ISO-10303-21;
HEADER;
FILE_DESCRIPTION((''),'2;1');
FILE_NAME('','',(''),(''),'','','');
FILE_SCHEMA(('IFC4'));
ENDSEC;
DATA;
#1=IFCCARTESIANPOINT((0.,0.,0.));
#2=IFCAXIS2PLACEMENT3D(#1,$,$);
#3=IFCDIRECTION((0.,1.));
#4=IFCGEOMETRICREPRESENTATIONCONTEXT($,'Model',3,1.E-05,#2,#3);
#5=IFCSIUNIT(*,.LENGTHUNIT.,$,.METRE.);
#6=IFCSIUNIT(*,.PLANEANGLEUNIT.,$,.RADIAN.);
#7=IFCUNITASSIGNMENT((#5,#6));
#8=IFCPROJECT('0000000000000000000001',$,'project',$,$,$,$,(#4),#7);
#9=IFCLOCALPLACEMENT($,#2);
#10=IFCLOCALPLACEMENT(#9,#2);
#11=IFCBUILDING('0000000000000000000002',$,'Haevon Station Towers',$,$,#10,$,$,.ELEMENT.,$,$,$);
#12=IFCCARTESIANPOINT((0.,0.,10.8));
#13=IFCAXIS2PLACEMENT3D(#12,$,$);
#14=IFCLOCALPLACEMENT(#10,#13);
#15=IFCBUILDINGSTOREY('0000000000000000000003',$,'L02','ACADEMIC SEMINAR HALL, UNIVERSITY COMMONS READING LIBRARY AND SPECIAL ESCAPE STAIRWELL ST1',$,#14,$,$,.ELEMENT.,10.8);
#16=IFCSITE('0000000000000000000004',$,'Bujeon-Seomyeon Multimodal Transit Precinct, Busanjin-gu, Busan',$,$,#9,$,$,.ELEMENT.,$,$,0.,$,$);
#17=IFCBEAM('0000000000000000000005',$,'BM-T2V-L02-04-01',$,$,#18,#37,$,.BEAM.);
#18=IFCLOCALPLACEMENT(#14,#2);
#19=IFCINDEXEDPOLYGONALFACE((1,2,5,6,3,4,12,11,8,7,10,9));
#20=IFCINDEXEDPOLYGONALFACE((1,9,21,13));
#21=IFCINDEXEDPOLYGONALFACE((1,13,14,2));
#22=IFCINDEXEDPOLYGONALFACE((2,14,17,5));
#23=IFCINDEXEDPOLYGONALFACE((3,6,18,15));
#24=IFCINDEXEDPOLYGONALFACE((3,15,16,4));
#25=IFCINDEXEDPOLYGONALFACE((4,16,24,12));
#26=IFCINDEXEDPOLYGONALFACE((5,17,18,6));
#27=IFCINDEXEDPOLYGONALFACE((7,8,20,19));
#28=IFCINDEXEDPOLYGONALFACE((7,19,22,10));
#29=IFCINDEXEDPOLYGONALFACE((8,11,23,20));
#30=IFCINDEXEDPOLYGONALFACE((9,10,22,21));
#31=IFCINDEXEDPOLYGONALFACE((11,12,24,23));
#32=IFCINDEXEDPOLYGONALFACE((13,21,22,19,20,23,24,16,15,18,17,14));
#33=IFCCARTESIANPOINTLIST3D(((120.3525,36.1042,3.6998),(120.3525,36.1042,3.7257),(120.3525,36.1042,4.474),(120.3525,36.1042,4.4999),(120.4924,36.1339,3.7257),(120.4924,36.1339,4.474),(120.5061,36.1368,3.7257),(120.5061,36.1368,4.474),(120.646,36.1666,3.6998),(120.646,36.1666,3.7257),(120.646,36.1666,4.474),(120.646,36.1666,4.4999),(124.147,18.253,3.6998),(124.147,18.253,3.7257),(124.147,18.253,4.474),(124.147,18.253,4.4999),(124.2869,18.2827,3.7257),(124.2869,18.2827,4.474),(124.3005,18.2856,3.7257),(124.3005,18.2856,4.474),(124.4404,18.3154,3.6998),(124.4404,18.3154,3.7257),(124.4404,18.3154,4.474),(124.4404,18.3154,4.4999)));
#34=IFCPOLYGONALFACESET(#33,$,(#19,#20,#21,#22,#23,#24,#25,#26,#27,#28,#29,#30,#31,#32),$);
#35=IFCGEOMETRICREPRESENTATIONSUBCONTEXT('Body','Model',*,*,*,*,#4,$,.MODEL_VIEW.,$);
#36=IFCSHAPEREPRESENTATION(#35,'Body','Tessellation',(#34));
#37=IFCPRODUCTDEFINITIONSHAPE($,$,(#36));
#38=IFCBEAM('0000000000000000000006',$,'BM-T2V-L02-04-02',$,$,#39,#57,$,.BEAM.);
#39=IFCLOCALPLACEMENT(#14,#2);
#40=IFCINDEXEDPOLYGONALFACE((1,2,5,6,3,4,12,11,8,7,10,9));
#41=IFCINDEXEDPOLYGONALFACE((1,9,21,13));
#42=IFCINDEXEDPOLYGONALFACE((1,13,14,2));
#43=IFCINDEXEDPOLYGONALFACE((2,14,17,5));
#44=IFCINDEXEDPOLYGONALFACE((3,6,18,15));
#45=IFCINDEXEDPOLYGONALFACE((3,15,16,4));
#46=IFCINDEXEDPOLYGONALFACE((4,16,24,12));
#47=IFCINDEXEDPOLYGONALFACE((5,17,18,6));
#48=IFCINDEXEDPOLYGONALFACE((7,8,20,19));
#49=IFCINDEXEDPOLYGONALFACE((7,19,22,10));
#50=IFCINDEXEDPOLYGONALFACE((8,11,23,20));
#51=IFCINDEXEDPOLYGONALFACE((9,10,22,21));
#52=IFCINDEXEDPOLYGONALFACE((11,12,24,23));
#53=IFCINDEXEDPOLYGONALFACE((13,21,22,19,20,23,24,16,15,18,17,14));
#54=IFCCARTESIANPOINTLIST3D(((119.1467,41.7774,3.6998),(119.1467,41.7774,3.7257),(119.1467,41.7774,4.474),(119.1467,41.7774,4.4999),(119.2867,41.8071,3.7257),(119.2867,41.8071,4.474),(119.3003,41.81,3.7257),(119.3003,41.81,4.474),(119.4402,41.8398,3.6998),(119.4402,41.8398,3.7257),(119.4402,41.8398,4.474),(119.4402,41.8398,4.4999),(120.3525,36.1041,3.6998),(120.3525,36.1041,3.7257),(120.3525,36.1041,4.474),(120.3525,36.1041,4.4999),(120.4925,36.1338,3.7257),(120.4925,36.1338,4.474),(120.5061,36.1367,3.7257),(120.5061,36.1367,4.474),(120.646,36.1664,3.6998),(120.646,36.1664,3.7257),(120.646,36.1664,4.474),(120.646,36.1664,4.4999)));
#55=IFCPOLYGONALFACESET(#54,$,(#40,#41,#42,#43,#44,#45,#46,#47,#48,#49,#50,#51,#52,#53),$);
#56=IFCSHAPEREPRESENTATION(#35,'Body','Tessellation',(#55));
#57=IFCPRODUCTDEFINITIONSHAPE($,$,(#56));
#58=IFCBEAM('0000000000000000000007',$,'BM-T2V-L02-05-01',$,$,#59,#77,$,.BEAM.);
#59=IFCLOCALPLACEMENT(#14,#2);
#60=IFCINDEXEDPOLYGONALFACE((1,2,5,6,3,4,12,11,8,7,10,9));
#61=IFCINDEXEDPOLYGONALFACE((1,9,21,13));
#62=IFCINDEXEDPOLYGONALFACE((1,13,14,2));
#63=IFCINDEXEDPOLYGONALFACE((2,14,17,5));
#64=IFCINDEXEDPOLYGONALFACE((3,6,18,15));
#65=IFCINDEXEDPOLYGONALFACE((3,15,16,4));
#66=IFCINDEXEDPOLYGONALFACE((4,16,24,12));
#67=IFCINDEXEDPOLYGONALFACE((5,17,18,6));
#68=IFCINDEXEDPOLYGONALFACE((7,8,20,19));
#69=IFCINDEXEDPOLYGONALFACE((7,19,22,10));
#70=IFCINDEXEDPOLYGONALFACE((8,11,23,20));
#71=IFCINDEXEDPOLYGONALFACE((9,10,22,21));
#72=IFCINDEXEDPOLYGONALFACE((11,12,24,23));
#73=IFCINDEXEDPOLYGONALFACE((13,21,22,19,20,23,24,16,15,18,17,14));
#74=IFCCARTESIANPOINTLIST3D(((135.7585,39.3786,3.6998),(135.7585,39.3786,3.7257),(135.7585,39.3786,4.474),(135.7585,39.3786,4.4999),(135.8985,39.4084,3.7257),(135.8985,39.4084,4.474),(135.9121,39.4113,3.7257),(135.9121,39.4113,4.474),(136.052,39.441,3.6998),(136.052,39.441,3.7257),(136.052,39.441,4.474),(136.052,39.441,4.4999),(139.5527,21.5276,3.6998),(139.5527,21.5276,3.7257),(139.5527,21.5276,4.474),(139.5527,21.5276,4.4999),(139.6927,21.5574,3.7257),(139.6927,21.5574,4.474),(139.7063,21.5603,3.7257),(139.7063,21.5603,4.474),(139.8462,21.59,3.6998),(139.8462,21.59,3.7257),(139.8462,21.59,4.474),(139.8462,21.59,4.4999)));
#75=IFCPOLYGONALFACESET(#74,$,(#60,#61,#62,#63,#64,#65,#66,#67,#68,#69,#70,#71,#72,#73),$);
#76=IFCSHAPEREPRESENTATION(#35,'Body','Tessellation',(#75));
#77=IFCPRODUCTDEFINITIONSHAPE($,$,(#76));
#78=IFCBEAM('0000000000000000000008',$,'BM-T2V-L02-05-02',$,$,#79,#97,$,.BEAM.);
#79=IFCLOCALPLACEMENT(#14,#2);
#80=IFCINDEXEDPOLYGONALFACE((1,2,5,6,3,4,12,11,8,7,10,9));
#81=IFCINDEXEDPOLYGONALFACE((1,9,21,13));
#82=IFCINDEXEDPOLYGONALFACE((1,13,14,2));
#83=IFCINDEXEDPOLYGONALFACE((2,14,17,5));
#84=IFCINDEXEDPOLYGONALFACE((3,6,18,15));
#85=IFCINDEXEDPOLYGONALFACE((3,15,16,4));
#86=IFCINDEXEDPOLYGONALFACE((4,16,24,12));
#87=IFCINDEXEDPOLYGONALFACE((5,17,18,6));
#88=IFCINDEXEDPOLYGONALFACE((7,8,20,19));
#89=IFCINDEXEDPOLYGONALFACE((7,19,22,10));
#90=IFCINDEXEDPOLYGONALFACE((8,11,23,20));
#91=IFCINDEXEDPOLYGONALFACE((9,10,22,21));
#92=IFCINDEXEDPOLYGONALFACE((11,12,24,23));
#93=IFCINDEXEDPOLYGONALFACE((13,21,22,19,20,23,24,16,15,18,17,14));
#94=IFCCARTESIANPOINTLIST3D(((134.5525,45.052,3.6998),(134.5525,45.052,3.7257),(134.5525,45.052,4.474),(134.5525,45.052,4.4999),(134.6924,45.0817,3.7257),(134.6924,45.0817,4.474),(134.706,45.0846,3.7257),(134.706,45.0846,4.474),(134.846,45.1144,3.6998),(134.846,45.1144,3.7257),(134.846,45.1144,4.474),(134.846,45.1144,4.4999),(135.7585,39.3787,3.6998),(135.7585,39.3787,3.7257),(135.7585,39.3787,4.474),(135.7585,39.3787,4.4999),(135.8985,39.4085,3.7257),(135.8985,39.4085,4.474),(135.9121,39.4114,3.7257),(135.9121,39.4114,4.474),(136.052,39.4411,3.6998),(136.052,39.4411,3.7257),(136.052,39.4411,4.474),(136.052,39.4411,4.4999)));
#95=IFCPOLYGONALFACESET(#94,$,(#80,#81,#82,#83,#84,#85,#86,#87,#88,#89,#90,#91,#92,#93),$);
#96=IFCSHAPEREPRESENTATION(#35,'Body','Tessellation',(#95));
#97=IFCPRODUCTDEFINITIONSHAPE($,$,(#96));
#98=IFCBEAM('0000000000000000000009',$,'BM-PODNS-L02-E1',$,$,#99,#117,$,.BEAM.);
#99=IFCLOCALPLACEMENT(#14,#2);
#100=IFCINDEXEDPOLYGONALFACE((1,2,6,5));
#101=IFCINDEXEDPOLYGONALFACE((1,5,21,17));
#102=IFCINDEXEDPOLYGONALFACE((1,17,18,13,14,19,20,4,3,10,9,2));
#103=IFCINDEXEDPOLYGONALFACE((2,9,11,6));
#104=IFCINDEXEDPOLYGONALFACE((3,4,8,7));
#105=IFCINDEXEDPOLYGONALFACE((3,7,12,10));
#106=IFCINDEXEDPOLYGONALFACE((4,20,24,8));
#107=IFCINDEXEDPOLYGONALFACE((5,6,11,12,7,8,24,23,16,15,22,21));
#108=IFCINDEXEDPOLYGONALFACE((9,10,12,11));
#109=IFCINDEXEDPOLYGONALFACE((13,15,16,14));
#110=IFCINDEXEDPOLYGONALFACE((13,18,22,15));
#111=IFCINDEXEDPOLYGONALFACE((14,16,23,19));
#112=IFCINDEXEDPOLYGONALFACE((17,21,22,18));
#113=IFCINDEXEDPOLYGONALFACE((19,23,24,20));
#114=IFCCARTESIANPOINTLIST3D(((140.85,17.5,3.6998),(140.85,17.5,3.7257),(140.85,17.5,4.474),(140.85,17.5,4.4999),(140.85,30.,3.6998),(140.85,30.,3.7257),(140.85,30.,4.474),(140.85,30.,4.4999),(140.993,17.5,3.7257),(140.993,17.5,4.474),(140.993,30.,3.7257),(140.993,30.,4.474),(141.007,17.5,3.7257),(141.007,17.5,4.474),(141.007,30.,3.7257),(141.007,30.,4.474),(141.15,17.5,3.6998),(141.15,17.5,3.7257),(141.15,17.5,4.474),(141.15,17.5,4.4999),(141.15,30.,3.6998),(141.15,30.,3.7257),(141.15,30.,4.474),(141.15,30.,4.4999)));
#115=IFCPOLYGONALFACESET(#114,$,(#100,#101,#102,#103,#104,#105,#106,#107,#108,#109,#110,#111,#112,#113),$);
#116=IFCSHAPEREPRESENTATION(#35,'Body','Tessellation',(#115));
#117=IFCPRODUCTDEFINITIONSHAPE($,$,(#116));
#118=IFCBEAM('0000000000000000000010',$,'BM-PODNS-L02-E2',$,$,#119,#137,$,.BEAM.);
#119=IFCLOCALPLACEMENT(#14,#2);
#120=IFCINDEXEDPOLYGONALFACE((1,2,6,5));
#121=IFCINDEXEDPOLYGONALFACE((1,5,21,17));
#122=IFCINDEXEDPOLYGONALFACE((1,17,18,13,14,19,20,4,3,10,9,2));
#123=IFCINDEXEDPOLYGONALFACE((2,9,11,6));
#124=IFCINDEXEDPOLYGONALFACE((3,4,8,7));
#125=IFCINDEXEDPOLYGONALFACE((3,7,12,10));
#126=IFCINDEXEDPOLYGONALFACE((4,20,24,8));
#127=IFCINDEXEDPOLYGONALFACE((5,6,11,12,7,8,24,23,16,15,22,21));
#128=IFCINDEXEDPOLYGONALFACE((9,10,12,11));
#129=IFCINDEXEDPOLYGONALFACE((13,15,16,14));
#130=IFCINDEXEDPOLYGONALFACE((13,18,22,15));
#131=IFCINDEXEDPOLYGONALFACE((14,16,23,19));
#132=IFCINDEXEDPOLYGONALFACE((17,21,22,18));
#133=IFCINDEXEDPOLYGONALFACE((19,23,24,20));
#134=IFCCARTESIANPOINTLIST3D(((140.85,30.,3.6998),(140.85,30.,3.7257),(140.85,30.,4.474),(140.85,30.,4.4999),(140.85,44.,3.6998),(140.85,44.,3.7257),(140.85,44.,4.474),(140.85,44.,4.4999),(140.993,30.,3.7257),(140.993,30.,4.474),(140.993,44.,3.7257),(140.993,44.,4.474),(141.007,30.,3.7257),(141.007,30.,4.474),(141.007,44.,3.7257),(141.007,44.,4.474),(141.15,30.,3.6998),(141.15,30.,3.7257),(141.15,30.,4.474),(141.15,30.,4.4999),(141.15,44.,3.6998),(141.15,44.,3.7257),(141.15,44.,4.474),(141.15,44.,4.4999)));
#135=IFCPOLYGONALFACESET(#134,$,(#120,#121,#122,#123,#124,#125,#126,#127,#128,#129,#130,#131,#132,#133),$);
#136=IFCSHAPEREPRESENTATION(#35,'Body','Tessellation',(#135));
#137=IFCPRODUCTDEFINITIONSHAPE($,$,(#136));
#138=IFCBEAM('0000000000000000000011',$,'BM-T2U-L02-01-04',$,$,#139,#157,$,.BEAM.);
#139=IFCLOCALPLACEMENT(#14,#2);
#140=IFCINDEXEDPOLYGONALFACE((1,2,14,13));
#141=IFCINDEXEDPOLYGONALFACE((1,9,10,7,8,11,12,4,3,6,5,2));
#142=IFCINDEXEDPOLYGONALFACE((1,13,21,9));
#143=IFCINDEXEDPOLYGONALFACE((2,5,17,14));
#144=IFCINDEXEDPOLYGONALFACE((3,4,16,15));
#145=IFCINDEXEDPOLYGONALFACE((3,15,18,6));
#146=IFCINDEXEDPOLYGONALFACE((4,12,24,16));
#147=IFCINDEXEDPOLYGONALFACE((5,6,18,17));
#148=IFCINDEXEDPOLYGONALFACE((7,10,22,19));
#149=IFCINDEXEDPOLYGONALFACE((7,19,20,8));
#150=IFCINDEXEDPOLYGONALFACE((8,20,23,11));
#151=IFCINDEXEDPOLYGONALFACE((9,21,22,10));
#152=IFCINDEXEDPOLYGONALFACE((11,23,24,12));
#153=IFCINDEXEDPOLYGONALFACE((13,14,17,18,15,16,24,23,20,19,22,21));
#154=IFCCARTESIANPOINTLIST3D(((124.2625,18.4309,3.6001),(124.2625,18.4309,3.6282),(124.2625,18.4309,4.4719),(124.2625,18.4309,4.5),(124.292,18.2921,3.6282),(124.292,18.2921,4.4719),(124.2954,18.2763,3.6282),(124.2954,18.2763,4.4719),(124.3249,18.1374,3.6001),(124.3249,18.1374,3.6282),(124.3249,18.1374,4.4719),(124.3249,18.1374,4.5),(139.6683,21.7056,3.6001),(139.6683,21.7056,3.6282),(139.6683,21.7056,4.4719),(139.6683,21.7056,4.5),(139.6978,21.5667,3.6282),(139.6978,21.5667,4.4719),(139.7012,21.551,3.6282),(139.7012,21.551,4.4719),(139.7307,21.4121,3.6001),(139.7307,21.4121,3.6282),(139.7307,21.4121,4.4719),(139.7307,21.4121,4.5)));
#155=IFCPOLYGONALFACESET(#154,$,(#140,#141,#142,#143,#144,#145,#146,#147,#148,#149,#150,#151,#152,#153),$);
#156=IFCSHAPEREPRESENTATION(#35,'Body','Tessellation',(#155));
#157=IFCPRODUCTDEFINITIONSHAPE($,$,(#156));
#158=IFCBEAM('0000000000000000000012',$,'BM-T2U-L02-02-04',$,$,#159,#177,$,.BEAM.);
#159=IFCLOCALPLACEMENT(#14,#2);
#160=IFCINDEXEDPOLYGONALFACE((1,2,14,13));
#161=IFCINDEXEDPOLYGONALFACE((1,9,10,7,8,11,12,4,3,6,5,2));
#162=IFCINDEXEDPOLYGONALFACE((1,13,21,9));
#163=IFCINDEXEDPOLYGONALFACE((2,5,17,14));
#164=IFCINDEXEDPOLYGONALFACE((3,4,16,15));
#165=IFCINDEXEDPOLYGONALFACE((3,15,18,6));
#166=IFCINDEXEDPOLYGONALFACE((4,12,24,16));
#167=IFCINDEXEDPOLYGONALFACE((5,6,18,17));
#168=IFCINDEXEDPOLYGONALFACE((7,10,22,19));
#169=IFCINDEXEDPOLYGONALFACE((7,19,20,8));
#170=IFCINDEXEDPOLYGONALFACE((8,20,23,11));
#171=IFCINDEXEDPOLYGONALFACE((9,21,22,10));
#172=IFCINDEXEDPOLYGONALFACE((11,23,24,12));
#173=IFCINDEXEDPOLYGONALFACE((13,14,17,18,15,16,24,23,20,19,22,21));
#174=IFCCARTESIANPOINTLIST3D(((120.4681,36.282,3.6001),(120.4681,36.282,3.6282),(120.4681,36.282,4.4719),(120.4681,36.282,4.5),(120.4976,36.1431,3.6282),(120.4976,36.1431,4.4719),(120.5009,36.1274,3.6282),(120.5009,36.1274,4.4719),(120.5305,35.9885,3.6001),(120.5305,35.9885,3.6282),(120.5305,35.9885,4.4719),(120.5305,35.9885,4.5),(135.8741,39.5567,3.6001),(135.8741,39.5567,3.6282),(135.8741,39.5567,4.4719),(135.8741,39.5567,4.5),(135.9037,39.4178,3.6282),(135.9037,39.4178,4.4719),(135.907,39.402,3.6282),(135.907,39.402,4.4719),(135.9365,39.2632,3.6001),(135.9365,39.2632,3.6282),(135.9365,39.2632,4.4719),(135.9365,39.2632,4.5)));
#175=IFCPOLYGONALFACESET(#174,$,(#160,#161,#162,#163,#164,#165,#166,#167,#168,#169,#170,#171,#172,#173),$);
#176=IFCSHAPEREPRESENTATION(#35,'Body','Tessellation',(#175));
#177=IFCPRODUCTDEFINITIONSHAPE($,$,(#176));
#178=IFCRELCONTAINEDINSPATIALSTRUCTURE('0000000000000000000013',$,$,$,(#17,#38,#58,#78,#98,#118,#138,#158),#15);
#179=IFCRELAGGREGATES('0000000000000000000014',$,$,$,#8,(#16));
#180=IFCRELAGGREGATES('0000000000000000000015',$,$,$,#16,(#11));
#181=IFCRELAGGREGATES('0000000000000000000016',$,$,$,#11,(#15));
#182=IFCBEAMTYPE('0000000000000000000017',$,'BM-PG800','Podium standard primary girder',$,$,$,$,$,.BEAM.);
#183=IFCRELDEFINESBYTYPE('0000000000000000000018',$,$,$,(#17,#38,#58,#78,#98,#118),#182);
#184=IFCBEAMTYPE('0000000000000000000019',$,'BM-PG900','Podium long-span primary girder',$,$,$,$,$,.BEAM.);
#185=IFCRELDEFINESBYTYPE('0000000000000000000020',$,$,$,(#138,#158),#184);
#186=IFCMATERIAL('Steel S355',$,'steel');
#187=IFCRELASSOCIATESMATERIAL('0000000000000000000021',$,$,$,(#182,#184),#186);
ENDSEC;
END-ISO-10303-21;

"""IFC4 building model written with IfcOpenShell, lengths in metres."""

from ifc_helpers import new_model, si_unit, direction, frame, origin, origin_2d, place, context, subcontext, project, spatial, i_section, extrude, material, material_profile, profile_set, type_object, element, save


model = new_model("IFC4")

# Units and contexts
model_context = context("Model", 3, precision=1e-05, world=origin(), true_north=direction((0.0, 1.0)))
body_context = subcontext(model_context, "Body", "Model", "MODEL_VIEW")
ifc_project = project(units=[si_unit("LENGTHUNIT", "METRE"), si_unit("PLANEANGLEUNIT", "RADIAN")], contexts=[model_context])

# Site, building, storey
site_placement = place(None, origin())
site = spatial("IfcSite", under=ifc_project, at=site_placement, Name="Bujeon-Seomyeon Multimodal Transit Precinct, Busanjin-gu, Busan", CompositionType="ELEMENT", RefElevation=0.0)
building_placement = place(site_placement, origin())
building = spatial("IfcBuilding", under=site, at=building_placement, Name="Haevon Station Towers", CompositionType="ELEMENT")
storey_placement = place(building_placement, frame((0.0, 0.0, 10.8)))
storey = spatial("IfcBuildingStorey", under=building, at=storey_placement, Name="L02", Description="ACADEMIC SEMINAR HALL, UNIVERSITY COMMONS READING LIBRARY AND SPECIAL ESCAPE STAIRWELL ST1", CompositionType="ELEMENT", Elevation=10.8)

# Beams
ifc_material_1 = material(Name="Steel S355", Category="steel")
ifc_material_profile_1 = material_profile(ifc_material_1, i_section(OverallWidth=0.3, OverallDepth=0.8, WebThickness=0.0139, FlangeThickness=0.0259, at=origin_2d()), Name="H-800x300x14x26")
ifc_profile_set_1 = profile_set([ifc_material_profile_1], Name="Steel S355")
beam_type_1 = type_object("IfcBeamType", Name="BM-PG800", Description="Podium standard primary girder", PredefinedType="BEAM", material=ifc_profile_set_1)
beam_1_placement = place(storey_placement, frame((124.2937, 18.2842, 4.0999), z_axis=(-0.207915, 0.978147, 0.0), x_axis=(-0.978147, -0.207915, 0.0)))
element("IfcBeam", 1, at=beam_1_placement, inside=storey, type_object=beam_type_1, Name="BM-T2V-L02-04-01", PredefinedType="BEAM", context=body_context, shape_type="SweptSolid", body=[
    extrude(i_section(OverallWidth=0.3, OverallDepth=0.8, WebThickness=0.0139, FlangeThickness=0.0259, at=origin_2d()), origin(), (0.0, 0.0, 1.0), 18.25),
])
beam_2_placement = place(storey_placement, frame((120.4993, 36.1353, 4.0999), z_axis=(-0.207896, 0.978151, 0.0), x_axis=(-0.978151, -0.207896, 0.0)))
element("IfcBeam", 2, at=beam_2_placement, inside=storey, type_object=beam_type_1, Name="BM-T2V-L02-04-02", PredefinedType="BEAM", context=body_context, shape_type="SweptSolid", body=[
    extrude(i_section(OverallWidth=0.3, OverallDepth=0.8, WebThickness=0.0139, FlangeThickness=0.0259, at=origin_2d()), origin(), (0.0, 0.0, 1.0), 5.8),
])
beam_3_placement = place(storey_placement, frame((139.6995, 21.5588, 4.0999), z_axis=(-0.207903, 0.97815, 0.0), x_axis=(-0.97815, -0.207903, 0.0)))
element("IfcBeam", 3, at=beam_3_placement, inside=storey, type_object=beam_type_1, Name="BM-T2V-L02-05-01", PredefinedType="BEAM", context=body_context, shape_type="SweptSolid", body=[
    extrude(i_section(OverallWidth=0.3, OverallDepth=0.8, WebThickness=0.0139, FlangeThickness=0.0259, at=origin_2d()), origin(), (0.0, 0.0, 1.0), 18.2498),
])
beam_4_placement = place(storey_placement, frame((135.9053, 39.4099, 4.0999), z_axis=(-0.207936, 0.978142, 0.0), x_axis=(-0.978142, -0.207936, 0.0)))
element("IfcBeam", 4, at=beam_4_placement, inside=storey, type_object=beam_type_1, Name="BM-T2V-L02-05-02", PredefinedType="BEAM", context=body_context, shape_type="SweptSolid", body=[
    extrude(i_section(OverallWidth=0.3, OverallDepth=0.8, WebThickness=0.0139, FlangeThickness=0.0259, at=origin_2d()), origin(), (0.0, 0.0, 1.0), 5.8),
])
beam_5_placement = place(storey_placement, frame((141.0, 17.5, 4.0999), z_axis=(0.0, 1.0, 0.0), x_axis=(-1.0, 0.0, 0.0)))
element("IfcBeam", 5, at=beam_5_placement, inside=storey, type_object=beam_type_1, Name="BM-PODNS-L02-E1", PredefinedType="BEAM", context=body_context, shape_type="SweptSolid", body=[
    extrude(i_section(OverallWidth=0.3, OverallDepth=0.8, WebThickness=0.0139, FlangeThickness=0.0259, at=origin_2d()), origin(), (0.0, 0.0, 1.0), 12.5),
])
beam_6_placement = place(storey_placement, frame((141.0, 30.0, 4.0999), z_axis=(0.0, 1.0, 0.0), x_axis=(-1.0, 0.0, 0.0)))
element("IfcBeam", 6, at=beam_6_placement, inside=storey, type_object=beam_type_1, Name="BM-PODNS-L02-E2", PredefinedType="BEAM", context=body_context, shape_type="SweptSolid", body=[
    extrude(i_section(OverallWidth=0.3, OverallDepth=0.8, WebThickness=0.0139, FlangeThickness=0.0259, at=origin_2d()), origin(), (0.0, 0.0, 1.0), 14.0),
])
ifc_material_profile_2 = material_profile(ifc_material_1, i_section(OverallWidth=0.3, OverallDepth=0.8999, WebThickness=0.0161, FlangeThickness=0.0281, at=origin_2d()), Name="H-900x300x16x28")
ifc_profile_set_2 = profile_set([ifc_material_profile_2], Name="Steel S355")
beam_type_2 = type_object("IfcBeamType", Name="BM-PG900", Description="Podium long-span primary girder", PredefinedType="BEAM", material=ifc_profile_set_2)
beam_7_placement = place(storey_placement, frame((124.2937, 18.2842, 4.05), z_axis=(0.978147, 0.207915, 0.0), x_axis=(-0.207915, 0.978147, 0.0)))
element("IfcBeam", 7, at=beam_7_placement, inside=storey, type_object=beam_type_2, Name="BM-T2U-L02-01-04", PredefinedType="BEAM", context=body_context, shape_type="SweptSolid", body=[
    extrude(i_section(OverallWidth=0.3, OverallDepth=0.8999, WebThickness=0.0161, FlangeThickness=0.0281, at=origin_2d()), origin(), (0.0, 0.0, 1.0), 15.75),
])
beam_8_placement = place(storey_placement, frame((120.4993, 36.1353, 4.05), z_axis=(0.978147, 0.207912, 0.0), x_axis=(-0.207912, 0.978147, 0.0)))
element("IfcBeam", 8, at=beam_8_placement, inside=storey, type_object=beam_type_2, Name="BM-T2U-L02-02-04", PredefinedType="BEAM", context=body_context, shape_type="SweptSolid", body=[
    extrude(i_section(OverallWidth=0.3, OverallDepth=0.8999, WebThickness=0.0161, FlangeThickness=0.0281, at=origin_2d()), origin(), (0.0, 0.0, 1.0), 15.7502),
])

save(model, "model.ifc")
